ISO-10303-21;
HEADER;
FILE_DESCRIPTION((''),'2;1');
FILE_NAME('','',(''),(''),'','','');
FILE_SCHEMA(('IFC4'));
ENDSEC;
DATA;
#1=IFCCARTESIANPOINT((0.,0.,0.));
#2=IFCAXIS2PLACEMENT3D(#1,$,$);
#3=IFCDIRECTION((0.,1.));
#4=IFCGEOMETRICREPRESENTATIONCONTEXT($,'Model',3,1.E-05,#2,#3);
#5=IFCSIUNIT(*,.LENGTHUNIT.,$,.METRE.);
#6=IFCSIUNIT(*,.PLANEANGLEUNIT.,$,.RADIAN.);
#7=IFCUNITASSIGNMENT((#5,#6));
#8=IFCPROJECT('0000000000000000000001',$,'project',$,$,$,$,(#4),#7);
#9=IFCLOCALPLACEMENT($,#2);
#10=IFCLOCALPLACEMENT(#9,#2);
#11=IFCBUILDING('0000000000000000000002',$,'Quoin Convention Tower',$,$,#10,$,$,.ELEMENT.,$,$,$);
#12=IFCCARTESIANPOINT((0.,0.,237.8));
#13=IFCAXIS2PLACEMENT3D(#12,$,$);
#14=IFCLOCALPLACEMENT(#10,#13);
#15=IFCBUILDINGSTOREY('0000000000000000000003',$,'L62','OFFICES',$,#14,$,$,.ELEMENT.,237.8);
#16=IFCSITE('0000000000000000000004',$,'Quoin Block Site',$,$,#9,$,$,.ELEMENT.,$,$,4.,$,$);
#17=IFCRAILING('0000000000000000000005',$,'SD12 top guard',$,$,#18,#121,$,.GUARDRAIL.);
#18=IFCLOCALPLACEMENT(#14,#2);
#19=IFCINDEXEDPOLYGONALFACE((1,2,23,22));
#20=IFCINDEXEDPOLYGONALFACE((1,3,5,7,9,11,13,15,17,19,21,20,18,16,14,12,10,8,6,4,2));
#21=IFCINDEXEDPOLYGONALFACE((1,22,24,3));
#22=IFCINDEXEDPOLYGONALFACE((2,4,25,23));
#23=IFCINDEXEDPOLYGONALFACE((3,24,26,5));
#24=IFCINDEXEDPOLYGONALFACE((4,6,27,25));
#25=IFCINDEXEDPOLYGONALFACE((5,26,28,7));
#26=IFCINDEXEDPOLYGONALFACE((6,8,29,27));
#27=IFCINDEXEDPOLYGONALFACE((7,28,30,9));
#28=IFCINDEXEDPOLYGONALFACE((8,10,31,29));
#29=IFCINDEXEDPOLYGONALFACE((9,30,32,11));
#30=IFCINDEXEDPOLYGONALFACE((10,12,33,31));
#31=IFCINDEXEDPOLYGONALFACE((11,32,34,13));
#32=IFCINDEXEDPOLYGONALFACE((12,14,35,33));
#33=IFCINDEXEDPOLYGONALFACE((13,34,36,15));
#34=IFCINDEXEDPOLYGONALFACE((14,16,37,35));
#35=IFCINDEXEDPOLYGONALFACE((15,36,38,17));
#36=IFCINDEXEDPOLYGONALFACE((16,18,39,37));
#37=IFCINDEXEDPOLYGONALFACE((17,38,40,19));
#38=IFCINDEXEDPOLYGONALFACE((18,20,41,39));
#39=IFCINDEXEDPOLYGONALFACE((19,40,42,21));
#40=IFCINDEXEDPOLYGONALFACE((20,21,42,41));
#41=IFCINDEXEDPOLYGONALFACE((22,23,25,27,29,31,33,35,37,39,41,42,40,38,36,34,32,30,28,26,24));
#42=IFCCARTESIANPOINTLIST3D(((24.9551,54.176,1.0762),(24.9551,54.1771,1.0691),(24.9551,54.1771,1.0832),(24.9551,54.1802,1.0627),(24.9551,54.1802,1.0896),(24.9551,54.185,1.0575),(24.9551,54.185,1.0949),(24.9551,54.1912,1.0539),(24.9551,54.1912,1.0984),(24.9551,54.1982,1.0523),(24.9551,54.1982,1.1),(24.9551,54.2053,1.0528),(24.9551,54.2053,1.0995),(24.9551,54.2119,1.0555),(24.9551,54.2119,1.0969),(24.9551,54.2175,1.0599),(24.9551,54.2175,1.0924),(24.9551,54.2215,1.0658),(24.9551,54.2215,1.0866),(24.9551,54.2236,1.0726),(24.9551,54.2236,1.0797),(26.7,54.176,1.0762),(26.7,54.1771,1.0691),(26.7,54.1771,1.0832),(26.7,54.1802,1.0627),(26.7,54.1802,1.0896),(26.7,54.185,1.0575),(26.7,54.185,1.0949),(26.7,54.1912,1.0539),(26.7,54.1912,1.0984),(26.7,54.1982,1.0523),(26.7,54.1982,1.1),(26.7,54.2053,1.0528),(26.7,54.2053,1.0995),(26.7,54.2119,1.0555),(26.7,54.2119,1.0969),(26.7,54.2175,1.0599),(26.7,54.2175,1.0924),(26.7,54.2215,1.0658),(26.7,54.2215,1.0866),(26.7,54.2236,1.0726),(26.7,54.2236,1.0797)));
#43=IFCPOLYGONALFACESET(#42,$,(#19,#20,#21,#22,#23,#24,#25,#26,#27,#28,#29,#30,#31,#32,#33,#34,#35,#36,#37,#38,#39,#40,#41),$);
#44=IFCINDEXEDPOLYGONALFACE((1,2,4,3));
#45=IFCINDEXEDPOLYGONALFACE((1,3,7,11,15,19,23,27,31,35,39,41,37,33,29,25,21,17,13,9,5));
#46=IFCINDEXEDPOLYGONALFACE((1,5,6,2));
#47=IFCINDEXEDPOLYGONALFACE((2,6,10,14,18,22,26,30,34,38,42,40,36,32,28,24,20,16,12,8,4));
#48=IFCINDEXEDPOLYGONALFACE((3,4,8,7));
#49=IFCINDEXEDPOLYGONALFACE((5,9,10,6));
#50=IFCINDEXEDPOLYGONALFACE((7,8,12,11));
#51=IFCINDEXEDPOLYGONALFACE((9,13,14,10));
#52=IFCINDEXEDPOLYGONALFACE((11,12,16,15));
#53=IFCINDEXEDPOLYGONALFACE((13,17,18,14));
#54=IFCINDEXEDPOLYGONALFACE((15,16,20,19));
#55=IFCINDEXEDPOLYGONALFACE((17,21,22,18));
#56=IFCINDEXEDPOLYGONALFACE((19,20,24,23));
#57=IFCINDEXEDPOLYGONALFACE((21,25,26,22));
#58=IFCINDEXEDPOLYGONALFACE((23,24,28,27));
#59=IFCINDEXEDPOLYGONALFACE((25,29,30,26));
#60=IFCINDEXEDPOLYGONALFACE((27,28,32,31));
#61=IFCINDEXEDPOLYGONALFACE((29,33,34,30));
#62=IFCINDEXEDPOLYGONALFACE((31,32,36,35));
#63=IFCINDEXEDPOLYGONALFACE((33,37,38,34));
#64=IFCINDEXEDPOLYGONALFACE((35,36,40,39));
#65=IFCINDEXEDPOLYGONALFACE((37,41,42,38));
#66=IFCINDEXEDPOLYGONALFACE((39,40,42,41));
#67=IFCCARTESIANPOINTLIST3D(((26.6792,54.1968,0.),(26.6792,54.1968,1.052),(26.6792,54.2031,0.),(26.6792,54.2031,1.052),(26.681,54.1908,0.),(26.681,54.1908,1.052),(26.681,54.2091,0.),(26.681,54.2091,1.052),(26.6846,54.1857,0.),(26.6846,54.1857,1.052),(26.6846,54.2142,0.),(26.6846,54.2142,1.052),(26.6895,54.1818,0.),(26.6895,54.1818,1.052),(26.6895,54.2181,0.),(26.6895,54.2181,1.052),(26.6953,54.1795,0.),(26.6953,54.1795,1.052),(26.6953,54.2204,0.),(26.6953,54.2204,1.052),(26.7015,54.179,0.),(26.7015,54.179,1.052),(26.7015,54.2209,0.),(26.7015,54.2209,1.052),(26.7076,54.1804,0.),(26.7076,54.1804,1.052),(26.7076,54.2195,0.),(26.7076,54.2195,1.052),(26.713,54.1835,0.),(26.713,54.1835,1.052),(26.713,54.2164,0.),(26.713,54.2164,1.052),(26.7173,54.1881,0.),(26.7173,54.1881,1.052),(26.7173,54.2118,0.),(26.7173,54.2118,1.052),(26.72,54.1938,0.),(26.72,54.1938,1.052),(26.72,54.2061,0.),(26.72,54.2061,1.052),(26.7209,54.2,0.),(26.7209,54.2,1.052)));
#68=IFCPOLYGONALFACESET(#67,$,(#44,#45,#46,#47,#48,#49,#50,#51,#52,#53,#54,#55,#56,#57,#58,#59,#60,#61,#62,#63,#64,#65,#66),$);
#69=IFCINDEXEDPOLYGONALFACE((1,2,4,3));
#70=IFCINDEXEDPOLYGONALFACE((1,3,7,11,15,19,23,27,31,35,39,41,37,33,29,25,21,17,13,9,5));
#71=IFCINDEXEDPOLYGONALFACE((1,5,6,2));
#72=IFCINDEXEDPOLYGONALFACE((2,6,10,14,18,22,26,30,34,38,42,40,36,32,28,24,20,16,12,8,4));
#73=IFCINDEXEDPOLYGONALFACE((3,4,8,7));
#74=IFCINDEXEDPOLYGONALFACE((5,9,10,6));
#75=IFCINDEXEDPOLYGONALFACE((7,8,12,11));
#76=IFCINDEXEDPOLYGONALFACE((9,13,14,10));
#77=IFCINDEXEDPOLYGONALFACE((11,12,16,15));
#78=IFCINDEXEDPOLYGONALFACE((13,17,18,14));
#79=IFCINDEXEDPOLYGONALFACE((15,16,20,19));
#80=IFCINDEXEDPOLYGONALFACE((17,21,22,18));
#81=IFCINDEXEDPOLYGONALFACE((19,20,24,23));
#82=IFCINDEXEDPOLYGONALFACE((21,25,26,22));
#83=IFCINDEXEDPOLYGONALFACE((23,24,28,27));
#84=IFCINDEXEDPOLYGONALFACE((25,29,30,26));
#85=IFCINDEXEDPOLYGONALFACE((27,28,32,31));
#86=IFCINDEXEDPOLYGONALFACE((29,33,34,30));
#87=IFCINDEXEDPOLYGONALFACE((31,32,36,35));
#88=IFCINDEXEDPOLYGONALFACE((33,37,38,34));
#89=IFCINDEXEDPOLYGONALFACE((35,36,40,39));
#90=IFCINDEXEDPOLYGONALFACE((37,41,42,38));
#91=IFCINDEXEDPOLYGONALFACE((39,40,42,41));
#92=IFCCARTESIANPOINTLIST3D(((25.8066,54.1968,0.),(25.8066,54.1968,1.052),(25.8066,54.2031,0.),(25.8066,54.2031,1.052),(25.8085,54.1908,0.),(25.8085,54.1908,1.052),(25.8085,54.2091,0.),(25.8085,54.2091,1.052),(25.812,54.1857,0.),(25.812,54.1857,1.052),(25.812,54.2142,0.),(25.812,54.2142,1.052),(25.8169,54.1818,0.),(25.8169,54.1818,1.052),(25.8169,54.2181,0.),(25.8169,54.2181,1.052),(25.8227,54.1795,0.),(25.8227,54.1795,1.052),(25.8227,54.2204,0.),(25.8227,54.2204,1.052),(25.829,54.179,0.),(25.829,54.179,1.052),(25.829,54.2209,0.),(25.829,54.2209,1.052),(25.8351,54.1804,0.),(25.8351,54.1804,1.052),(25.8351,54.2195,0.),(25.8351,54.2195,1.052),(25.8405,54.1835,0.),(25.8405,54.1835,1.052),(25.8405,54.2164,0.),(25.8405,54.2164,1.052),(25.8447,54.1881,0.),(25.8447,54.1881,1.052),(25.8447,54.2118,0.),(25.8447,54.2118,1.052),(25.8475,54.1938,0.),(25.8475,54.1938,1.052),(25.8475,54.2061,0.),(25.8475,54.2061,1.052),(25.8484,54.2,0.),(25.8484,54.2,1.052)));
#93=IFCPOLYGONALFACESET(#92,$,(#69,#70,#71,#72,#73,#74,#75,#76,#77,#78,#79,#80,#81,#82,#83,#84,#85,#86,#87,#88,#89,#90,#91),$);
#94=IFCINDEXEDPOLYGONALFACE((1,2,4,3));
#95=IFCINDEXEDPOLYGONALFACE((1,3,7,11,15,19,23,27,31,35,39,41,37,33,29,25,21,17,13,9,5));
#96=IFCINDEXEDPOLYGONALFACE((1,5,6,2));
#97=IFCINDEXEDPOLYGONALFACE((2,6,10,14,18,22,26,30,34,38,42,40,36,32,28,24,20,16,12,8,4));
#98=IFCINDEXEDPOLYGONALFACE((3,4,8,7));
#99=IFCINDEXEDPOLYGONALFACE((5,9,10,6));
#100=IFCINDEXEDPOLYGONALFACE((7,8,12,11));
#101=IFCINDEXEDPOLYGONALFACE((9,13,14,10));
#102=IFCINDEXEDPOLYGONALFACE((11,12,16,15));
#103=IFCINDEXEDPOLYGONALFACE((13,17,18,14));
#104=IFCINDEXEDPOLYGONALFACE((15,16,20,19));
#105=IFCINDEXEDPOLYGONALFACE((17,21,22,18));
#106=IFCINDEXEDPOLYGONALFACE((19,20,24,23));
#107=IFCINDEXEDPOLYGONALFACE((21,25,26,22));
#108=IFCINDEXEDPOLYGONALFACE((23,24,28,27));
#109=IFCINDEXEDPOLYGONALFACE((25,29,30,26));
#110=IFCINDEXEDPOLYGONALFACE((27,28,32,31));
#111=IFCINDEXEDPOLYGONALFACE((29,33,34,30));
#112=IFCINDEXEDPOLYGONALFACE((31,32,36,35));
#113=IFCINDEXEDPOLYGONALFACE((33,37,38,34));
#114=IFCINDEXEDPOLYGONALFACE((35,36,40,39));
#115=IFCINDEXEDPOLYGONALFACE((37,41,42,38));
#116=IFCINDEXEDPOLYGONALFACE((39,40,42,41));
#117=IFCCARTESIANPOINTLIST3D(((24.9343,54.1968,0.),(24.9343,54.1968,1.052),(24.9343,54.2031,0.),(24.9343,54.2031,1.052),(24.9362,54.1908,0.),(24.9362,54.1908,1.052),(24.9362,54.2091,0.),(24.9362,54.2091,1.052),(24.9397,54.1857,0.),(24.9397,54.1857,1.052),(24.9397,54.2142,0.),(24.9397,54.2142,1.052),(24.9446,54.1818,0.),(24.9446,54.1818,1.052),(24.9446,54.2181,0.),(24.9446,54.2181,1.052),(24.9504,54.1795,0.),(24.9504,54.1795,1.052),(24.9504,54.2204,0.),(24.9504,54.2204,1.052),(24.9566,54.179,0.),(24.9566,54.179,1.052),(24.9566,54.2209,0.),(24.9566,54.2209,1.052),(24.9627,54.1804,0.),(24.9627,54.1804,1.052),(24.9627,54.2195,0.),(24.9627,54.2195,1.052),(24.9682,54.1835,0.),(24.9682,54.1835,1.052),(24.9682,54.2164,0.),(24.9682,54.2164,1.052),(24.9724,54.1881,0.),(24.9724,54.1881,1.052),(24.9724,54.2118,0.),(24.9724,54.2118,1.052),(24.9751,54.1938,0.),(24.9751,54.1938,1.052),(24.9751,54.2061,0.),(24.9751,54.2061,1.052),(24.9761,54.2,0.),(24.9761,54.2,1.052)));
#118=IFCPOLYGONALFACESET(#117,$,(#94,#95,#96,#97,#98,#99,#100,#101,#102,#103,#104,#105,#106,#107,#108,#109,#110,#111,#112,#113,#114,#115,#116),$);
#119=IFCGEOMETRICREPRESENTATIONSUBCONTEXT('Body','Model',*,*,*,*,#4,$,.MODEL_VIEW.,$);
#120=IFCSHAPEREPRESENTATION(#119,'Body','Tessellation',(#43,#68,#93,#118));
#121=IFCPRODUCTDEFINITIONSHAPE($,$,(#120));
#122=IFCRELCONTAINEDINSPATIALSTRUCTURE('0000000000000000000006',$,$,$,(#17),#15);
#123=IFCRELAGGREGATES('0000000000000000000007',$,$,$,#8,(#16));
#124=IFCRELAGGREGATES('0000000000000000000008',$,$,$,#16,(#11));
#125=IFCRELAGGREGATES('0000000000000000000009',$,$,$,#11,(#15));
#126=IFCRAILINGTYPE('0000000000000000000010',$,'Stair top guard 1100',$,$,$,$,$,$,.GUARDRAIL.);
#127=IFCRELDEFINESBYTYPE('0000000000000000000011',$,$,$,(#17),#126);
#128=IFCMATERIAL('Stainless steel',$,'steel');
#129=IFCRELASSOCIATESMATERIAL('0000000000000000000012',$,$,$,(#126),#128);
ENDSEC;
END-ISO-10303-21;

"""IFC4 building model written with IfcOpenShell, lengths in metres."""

from ifc_helpers import new_model, si_unit, direction, frame, origin, origin_2d, place, context, subcontext, project, spatial, circle, extrude, material, type_object, element, save


model = new_model("IFC4")

# Units and contexts
model_context = context("Model", 3, precision=1e-05, world=origin(), true_north=direction((0.0, 1.0)))
body_context = subcontext(model_context, "Body", "Model", "MODEL_VIEW")
ifc_project = project(units=[si_unit("LENGTHUNIT", "METRE"), si_unit("PLANEANGLEUNIT", "RADIAN")], contexts=[model_context])

# Site, building, storey
site_placement = place(None, origin())
site = spatial("IfcSite", under=ifc_project, at=site_placement, Name="Quoin Block Site", CompositionType="ELEMENT", RefElevation=4.0)
building_placement = place(site_placement, origin())
building = spatial("IfcBuilding", under=site, at=building_placement, Name="Quoin Convention Tower", CompositionType="ELEMENT")
storey_placement = place(building_placement, frame((0.0, 0.0, 237.8)))
storey = spatial("IfcBuildingStorey", under=building, at=storey_placement, Name="L62", Description="OFFICES", CompositionType="ELEMENT", Elevation=237.8)

# Railing
ifc_material_1 = material(Name="Stainless steel", Category="steel")
railing_type_1 = type_object("IfcRailingType", Name="Stair top guard 1100", PredefinedType="GUARDRAIL", material=ifc_material_1)
railing_1_placement = place(storey_placement, frame((26.7, 54.2, 0.0)))
element("IfcRailing", 1, at=railing_1_placement, inside=storey, type_object=railing_type_1, Name="SD12 top guard", PredefinedType="GUARDRAIL", context=body_context, shape_type="SweptSolid", body=[
    extrude(circle(Radius=0.0239, at=origin_2d()), frame((0.0, 0.0, 1.0762), z_axis=(-1.0, 0.0, 0.0), x_axis=(0.0, -1.0, 0.0)), (0.0, 0.0, 1.0), 1.7449),
    extrude(circle(Radius=0.021, at=origin_2d()), origin(), (0.0, 0.0, 1.0), 1.052),
    extrude(circle(Radius=0.021, at=origin_2d()), frame((-0.8726, 0.0, 0.0)), (0.0, 0.0, 1.0), 1.052),
    extrude(circle(Radius=0.021, at=origin_2d()), frame((-1.7449, 0.0, 0.0)), (0.0, 0.0, 1.0), 1.052),
])

save(model, "model.ifc")
